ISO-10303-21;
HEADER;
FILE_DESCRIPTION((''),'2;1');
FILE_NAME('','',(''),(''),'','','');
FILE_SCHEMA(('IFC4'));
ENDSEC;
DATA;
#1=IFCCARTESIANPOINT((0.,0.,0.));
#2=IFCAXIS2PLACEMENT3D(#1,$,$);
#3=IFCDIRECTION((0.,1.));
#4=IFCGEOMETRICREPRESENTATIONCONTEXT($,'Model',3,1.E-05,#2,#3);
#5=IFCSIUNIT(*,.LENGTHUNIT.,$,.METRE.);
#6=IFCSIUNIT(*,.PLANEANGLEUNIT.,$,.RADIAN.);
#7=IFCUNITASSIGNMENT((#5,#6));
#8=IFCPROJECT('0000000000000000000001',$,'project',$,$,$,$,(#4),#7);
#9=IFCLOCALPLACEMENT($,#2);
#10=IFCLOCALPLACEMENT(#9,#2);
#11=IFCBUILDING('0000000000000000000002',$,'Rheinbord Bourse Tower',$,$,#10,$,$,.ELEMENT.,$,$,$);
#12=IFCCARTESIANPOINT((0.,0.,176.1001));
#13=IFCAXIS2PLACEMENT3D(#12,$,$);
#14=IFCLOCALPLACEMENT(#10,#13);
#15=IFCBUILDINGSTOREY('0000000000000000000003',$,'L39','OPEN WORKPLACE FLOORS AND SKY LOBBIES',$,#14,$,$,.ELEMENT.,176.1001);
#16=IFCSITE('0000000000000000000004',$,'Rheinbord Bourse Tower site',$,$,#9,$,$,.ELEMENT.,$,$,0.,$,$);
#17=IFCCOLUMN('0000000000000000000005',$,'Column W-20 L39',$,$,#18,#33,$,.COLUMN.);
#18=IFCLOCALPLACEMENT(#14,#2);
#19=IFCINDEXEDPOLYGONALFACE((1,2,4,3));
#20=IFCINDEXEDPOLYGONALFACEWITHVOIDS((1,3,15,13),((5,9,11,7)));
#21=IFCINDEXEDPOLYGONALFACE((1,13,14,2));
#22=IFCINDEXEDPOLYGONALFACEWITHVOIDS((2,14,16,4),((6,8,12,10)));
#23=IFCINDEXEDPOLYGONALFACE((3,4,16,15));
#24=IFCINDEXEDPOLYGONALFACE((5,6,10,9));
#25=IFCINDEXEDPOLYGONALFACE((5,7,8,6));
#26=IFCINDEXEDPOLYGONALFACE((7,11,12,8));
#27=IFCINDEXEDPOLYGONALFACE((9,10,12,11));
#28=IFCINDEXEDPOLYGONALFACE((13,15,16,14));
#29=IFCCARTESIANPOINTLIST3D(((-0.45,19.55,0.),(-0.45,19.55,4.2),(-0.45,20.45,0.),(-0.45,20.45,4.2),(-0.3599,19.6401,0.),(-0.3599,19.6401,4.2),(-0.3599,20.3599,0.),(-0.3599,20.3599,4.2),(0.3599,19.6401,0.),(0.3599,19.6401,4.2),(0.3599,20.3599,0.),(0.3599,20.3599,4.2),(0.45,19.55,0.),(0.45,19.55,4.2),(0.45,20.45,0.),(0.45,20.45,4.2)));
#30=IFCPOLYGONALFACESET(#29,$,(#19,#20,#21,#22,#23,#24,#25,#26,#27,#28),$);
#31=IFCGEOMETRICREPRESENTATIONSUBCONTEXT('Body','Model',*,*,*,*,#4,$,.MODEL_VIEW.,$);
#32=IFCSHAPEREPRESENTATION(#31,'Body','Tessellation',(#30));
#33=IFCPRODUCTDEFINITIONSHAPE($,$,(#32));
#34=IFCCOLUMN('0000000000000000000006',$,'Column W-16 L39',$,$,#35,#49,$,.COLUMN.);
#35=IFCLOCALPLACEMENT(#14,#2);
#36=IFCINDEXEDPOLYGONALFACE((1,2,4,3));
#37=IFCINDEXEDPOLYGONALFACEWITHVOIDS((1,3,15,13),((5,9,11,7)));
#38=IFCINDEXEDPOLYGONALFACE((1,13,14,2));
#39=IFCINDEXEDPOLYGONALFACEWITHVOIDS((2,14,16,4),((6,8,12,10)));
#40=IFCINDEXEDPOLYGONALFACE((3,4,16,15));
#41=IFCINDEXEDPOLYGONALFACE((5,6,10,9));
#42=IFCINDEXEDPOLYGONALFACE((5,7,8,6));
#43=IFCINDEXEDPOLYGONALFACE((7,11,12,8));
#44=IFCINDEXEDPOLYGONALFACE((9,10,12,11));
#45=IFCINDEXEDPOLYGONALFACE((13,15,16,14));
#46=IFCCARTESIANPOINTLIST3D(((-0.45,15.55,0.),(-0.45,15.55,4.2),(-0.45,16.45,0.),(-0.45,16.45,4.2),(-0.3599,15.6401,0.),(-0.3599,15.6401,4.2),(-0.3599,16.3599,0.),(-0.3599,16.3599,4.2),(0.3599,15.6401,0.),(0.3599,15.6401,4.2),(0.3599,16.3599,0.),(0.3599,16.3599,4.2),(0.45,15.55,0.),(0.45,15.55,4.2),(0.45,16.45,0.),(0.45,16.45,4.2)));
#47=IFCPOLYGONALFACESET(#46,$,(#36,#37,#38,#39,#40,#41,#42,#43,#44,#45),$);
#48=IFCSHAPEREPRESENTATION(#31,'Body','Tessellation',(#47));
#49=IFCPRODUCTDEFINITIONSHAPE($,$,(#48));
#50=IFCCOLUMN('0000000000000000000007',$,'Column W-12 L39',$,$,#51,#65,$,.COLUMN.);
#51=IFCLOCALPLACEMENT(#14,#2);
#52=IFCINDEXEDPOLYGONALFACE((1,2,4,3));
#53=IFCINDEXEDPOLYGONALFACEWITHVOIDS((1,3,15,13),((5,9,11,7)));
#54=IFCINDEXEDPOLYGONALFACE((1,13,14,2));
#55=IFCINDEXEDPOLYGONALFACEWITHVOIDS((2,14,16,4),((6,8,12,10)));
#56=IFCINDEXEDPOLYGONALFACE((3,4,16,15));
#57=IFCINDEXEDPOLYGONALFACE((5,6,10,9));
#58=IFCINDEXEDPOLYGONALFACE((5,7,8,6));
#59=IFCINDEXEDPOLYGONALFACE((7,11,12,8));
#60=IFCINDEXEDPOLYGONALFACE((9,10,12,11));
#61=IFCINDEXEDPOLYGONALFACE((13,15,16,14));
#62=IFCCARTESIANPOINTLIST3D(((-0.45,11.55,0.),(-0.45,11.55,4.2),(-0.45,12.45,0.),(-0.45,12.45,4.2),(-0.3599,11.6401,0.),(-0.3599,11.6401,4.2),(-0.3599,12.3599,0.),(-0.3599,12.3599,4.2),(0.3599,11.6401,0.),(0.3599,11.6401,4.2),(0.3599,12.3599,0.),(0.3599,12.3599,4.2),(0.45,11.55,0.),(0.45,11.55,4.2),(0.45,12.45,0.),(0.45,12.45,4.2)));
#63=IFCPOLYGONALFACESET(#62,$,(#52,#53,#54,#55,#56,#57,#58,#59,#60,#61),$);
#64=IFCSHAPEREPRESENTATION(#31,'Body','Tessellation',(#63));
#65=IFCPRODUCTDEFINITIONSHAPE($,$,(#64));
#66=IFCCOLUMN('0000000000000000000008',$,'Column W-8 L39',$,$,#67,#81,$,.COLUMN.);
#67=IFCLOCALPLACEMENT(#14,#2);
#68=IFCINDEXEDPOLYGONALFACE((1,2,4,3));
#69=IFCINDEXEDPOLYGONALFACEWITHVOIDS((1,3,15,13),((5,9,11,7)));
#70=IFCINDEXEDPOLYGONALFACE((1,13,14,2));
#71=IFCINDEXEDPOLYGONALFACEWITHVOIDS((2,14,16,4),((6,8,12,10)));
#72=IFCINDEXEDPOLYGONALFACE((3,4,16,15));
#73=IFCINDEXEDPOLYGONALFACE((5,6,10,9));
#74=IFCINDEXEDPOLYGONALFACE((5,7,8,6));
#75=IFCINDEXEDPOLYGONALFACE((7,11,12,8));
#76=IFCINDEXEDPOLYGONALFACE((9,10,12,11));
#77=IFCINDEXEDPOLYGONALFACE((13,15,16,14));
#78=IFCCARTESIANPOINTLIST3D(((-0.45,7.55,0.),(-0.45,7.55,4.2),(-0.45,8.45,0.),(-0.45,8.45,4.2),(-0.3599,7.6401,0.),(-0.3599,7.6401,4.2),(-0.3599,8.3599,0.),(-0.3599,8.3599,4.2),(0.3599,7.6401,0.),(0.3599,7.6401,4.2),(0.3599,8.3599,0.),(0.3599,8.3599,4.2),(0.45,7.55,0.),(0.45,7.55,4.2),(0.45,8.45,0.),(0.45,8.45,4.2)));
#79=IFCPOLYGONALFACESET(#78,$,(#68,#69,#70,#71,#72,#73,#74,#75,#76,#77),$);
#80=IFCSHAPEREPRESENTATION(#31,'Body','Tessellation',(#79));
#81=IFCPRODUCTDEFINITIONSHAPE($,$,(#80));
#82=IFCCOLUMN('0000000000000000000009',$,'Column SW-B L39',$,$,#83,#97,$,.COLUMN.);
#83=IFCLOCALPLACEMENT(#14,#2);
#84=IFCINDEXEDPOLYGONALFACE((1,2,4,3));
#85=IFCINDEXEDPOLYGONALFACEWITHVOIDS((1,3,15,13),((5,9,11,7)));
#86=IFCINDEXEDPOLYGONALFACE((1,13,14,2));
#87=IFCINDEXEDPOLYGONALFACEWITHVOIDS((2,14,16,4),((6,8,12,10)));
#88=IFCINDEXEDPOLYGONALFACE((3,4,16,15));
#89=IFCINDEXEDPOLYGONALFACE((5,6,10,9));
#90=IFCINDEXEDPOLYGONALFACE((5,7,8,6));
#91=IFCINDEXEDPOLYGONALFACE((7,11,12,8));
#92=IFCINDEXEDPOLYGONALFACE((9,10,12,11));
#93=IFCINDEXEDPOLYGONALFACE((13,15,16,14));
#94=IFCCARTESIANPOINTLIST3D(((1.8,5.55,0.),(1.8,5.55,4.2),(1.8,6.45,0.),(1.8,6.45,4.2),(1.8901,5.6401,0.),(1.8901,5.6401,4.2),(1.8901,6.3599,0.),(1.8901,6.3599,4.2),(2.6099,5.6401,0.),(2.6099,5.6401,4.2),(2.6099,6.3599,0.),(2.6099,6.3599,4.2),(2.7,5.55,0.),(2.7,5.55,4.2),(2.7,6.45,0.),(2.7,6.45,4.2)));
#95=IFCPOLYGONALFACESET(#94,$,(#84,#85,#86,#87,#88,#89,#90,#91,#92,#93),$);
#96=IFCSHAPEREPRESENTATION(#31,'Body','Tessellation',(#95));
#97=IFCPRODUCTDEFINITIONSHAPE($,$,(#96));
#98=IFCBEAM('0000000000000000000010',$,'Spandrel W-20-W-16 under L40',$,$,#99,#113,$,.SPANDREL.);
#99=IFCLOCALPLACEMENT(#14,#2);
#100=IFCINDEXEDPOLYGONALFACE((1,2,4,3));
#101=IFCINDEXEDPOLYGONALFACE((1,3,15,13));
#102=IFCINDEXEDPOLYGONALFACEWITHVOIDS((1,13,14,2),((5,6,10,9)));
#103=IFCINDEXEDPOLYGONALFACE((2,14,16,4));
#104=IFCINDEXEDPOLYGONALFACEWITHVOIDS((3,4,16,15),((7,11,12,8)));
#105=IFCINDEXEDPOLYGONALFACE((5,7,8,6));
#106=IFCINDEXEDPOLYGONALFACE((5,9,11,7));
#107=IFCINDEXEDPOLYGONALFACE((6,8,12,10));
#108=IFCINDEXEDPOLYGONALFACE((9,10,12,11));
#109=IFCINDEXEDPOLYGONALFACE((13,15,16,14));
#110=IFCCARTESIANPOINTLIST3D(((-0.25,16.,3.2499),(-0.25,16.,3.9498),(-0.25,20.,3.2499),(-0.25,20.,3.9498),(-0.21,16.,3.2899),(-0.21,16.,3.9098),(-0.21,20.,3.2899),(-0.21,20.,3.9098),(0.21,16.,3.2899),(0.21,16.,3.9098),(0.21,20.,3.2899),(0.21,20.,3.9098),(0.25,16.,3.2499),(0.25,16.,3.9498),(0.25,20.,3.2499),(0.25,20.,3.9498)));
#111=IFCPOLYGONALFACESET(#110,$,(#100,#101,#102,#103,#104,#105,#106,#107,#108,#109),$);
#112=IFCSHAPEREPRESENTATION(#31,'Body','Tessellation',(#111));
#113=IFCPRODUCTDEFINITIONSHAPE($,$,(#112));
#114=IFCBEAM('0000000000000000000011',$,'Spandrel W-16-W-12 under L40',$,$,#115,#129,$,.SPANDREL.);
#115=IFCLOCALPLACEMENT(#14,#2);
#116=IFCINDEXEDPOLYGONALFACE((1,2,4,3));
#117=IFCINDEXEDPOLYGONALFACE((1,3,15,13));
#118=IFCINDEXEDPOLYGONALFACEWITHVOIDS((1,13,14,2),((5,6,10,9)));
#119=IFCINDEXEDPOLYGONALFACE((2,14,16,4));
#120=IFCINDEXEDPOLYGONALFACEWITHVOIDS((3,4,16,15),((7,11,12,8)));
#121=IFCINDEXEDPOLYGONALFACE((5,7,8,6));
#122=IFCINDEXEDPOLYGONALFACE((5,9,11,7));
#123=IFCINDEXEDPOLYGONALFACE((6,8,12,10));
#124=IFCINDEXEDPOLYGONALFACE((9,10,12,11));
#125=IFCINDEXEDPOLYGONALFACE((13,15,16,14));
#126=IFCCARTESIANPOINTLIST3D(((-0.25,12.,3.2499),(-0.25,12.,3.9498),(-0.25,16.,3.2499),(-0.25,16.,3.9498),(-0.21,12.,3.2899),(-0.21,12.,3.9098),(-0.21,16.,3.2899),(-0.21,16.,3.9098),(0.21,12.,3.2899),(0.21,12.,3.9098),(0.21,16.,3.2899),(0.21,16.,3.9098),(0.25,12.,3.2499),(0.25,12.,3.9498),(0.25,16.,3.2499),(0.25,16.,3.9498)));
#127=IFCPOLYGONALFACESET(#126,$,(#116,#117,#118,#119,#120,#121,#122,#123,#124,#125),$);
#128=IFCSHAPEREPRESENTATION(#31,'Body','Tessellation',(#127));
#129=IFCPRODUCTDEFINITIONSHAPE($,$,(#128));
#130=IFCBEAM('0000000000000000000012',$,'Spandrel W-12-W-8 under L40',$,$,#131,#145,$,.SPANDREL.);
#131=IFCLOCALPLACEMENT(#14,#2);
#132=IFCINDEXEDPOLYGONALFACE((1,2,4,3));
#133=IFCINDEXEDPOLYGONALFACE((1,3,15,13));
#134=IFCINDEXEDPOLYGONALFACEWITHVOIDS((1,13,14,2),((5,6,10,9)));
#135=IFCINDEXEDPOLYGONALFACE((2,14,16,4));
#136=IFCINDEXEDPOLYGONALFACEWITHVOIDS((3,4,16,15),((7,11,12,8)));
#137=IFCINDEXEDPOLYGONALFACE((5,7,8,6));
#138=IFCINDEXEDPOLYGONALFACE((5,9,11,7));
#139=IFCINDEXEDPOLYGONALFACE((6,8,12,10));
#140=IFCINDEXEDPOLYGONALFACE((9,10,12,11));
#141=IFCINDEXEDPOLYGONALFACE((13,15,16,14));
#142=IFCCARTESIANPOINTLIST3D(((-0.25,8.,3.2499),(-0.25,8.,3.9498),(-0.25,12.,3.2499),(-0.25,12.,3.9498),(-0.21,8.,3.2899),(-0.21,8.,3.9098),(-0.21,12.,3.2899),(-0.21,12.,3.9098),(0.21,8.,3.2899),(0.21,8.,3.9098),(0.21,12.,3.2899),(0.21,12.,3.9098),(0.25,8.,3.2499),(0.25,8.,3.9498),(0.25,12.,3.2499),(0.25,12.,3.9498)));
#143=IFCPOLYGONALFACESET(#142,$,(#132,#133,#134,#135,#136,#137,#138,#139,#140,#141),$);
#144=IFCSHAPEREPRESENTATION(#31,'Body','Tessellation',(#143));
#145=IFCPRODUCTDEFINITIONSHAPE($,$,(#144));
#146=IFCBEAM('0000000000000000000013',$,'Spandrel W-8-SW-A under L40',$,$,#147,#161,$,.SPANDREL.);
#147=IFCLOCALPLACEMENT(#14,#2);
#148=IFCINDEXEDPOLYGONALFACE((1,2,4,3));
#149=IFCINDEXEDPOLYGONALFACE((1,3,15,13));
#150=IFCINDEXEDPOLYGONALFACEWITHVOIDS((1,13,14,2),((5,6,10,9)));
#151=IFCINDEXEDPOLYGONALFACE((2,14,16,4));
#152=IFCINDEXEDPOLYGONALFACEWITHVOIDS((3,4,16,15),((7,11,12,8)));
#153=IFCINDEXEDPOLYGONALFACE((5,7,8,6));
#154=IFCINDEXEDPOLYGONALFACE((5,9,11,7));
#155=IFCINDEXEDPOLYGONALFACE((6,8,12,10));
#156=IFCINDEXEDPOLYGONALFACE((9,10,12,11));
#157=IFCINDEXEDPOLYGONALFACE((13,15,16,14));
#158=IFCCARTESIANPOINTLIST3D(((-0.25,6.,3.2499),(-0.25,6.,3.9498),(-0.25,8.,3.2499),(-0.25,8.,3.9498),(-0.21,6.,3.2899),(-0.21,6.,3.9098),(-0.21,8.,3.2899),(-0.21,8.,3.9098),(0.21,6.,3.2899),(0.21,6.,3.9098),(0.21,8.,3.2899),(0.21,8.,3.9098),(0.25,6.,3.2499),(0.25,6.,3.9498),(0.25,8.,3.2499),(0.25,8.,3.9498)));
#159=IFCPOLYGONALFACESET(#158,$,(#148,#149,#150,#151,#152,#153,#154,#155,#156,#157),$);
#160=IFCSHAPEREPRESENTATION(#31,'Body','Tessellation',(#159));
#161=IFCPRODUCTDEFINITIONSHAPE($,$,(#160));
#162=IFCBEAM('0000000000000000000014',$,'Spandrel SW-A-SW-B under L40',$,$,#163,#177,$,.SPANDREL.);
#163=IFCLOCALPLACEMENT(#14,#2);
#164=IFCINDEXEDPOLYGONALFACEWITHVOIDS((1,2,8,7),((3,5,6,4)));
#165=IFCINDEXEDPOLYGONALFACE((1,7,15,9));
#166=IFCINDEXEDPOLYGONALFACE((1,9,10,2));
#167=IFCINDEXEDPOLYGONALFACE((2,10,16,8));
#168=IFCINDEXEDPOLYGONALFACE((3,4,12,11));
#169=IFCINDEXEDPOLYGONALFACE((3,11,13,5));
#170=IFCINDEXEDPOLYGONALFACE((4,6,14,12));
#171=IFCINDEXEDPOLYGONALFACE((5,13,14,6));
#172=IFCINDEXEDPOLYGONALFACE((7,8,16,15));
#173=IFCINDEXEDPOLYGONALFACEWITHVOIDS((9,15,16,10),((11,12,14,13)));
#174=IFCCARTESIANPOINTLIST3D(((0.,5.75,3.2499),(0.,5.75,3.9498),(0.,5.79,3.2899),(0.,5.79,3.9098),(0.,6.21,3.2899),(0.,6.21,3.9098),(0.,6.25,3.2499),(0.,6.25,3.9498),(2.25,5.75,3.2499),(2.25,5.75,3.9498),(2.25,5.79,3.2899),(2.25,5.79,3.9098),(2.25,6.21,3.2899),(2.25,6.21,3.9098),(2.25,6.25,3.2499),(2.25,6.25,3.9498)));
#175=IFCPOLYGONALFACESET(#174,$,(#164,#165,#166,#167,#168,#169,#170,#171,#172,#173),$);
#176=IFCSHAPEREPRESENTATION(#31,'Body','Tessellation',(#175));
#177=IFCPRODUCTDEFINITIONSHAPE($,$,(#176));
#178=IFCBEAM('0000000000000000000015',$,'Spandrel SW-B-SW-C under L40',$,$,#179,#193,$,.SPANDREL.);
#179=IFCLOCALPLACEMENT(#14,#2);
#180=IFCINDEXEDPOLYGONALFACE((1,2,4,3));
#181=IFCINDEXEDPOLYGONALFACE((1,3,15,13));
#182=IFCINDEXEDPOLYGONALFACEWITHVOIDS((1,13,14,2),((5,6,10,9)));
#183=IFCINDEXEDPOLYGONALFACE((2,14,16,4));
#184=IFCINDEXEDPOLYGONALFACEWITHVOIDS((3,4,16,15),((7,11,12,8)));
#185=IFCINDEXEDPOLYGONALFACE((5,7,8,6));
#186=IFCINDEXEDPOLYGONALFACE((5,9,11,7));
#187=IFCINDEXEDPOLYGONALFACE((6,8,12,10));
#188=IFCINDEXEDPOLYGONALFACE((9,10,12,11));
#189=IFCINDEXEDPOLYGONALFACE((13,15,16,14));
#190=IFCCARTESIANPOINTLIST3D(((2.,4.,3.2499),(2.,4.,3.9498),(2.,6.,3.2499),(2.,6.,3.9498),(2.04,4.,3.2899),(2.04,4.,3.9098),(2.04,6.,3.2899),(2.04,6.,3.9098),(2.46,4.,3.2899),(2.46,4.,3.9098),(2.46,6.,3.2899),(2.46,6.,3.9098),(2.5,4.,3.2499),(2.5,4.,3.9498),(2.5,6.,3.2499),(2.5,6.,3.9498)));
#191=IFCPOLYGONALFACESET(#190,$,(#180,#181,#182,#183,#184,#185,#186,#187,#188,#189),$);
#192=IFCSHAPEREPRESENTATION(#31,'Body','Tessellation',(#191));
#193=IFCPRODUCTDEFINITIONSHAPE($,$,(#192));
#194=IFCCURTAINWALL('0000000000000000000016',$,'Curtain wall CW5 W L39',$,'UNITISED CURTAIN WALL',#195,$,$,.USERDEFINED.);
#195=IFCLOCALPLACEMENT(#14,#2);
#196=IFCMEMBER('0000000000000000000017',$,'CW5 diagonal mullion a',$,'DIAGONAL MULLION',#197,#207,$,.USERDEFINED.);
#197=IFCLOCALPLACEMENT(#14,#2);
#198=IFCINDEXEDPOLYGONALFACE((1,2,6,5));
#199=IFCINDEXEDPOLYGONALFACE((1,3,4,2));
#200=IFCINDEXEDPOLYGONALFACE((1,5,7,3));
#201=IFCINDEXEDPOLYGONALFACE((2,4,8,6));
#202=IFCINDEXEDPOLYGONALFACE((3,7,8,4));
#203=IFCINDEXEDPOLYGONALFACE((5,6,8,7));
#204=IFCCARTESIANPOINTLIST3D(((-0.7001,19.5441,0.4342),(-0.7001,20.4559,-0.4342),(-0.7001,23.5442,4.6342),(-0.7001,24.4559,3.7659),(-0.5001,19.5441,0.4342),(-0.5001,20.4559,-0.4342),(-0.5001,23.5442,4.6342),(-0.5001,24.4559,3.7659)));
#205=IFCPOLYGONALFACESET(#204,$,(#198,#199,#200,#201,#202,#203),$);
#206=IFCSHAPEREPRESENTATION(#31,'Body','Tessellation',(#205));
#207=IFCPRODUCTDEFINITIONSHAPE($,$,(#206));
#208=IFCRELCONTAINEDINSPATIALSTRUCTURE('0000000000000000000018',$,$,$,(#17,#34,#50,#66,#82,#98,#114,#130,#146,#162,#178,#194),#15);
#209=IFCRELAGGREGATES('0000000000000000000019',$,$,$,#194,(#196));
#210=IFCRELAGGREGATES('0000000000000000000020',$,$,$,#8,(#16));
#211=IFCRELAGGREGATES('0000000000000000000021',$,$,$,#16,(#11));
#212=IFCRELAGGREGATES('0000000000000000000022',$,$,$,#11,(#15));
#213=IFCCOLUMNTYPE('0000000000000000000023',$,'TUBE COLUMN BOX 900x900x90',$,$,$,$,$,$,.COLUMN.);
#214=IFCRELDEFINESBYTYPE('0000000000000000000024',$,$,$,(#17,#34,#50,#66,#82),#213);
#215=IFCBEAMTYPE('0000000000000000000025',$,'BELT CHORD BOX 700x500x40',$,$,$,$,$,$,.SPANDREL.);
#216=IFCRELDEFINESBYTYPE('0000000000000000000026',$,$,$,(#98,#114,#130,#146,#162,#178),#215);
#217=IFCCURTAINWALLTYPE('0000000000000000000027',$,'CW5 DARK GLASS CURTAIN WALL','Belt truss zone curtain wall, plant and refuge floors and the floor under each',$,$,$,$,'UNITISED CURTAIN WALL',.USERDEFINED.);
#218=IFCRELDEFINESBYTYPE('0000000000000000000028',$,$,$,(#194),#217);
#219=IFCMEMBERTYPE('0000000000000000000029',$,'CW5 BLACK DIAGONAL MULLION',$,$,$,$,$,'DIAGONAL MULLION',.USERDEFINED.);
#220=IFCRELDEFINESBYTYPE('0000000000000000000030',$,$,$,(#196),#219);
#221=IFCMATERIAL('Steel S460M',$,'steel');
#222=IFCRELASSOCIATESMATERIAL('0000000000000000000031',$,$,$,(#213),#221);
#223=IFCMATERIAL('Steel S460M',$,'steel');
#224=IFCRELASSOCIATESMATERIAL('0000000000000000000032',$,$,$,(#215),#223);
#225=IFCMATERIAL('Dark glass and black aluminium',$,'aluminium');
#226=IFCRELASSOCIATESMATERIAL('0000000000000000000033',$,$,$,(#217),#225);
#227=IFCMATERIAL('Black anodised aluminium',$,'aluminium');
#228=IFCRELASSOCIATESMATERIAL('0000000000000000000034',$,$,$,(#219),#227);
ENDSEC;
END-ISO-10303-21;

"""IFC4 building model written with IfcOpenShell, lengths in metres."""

from ifc_helpers import new_model, si_unit, direction, frame, origin, origin_2d, place, context, subcontext, project, spatial, rectangle, hollow_rectangle, extrude, material, material_profile, profile_set, type_object, element, aggregate, save


model = new_model("IFC4")

# Units and contexts
model_context = context("Model", 3, precision=1e-05, world=origin(), true_north=direction((0.0, 1.0)))
body_context = subcontext(model_context, "Body", "Model", "MODEL_VIEW")
ifc_project = project(units=[si_unit("LENGTHUNIT", "METRE"), si_unit("PLANEANGLEUNIT", "RADIAN")], contexts=[model_context])

# Site, building, storey
site_placement = place(None, origin())
site = spatial("IfcSite", under=ifc_project, at=site_placement, Name="Rheinbord Bourse Tower site", CompositionType="ELEMENT", RefElevation=0.0)
building_placement = place(site_placement, origin())
building = spatial("IfcBuilding", under=site, at=building_placement, Name="Rheinbord Bourse Tower", CompositionType="ELEMENT")
storey_placement = place(building_placement, frame((0.0, 0.0, 176.1001)))
storey = spatial("IfcBuildingStorey", under=building, at=storey_placement, Name="L39", Description="OPEN WORKPLACE FLOORS AND SKY LOBBIES", CompositionType="ELEMENT", Elevation=176.1001)

# Columns
ifc_material_1 = material(Name="Steel S460M", Category="steel")
ifc_material_profile_1 = material_profile(ifc_material_1, hollow_rectangle(XDim=0.8999, YDim=0.8999, WallThickness=0.0901, at=origin_2d()), Name="BOX 900x900x90")
ifc_profile_set_1 = profile_set([ifc_material_profile_1], Name="Steel S460M")
column_type = type_object("IfcColumnType", Name="TUBE COLUMN BOX 900x900x90", PredefinedType="COLUMN", material=ifc_profile_set_1)
for number, where, z_axis, x_axis, name in (
    (1, (0.0, 20.0, 0.0), (0.0, 0.0, 1.0), (1.0, 0.0, 0.0), "Column W-20 L39"),
    (2, (0.0, 16.0, 0.0), (0.0, 0.0, 1.0), (1.0, 0.0, 0.0), "Column W-16 L39"),
    (3, (0.0, 12.0, 0.0), (0.0, 0.0, 1.0), (1.0, 0.0, 0.0), "Column W-12 L39"),
    (4, (0.0, 8.0, 0.0), (0.0, 0.0, 1.0), (1.0, 0.0, 0.0), "Column W-8 L39"),
    (5, (2.25, 6.0, 0.0), (0.0, 0.0, 1.0), (1.0, 0.0, 0.0), "Column SW-B L39"),
):
    element("IfcColumn", number, at=place(storey_placement, frame(where, z_axis=z_axis, x_axis=x_axis)), inside=storey, type_object=column_type, Name=name, PredefinedType="COLUMN", context=body_context, shape_type="SweptSolid", body=[
        extrude(hollow_rectangle(XDim=0.8999, YDim=0.8999, WallThickness=0.0901, at=origin_2d()), origin(), (0.0, 0.0, 1.0), 4.2),
    ])

# Beams
ifc_material_2 = material(Name="Steel S460M", Category="steel")
ifc_material_profile_2 = material_profile(ifc_material_2, hollow_rectangle(XDim=0.5, YDim=0.7, WallThickness=0.04, at=origin_2d()), Name="BOX 700x500x40")
ifc_profile_set_2 = profile_set([ifc_material_profile_2], Name="Steel S460M")
beam_type_1 = type_object("IfcBeamType", Name="BELT CHORD BOX 700x500x40", PredefinedType="SPANDREL", material=ifc_profile_set_2)
for number, where, z_axis, x_axis, name in (
    (6, (0.0, 20.0, 3.5999), (0.0, -1.0, 0.0), (1.0, 0.0, 0.0), "Spandrel W-20-W-16 under L40"),
    (7, (0.0, 16.0, 3.5999), (0.0, -1.0, 0.0), (1.0, 0.0, 0.0), "Spandrel W-16-W-12 under L40"),
    (8, (0.0, 12.0, 3.5999), (0.0, -1.0, 0.0), (1.0, 0.0, 0.0), "Spandrel W-12-W-8 under L40"),
):
    element("IfcBeam", number, at=place(storey_placement, frame(where, z_axis=z_axis, x_axis=x_axis)), inside=storey, type_object=beam_type_1, Name=name, PredefinedType="SPANDREL", context=body_context, shape_type="SweptSolid", body=[
        extrude(hollow_rectangle(XDim=0.5, YDim=0.7, WallThickness=0.04, at=origin_2d()), origin(), (0.0, 0.0, 1.0), 4.0),
    ])
beam_1_placement = place(storey_placement, frame((0.0, 8.0, 3.5999), z_axis=(0.0, -1.0, 0.0), x_axis=(1.0, 0.0, 0.0)))
element("IfcBeam", 9, at=beam_1_placement, inside=storey, type_object=beam_type_1, Name="Spandrel W-8-SW-A under L40", PredefinedType="SPANDREL", context=body_context, shape_type="SweptSolid", body=[
    extrude(hollow_rectangle(XDim=0.5, YDim=0.7, WallThickness=0.04, at=origin_2d()), origin(), (0.0, 0.0, 1.0), 2.0),
])
beam_2_placement = place(storey_placement, frame((0.0, 6.0, 3.5999), z_axis=(1.0, 0.0, 0.0), x_axis=(0.0, 1.0, 0.0)))
element("IfcBeam", 10, at=beam_2_placement, inside=storey, type_object=beam_type_1, Name="Spandrel SW-A-SW-B under L40", PredefinedType="SPANDREL", context=body_context, shape_type="SweptSolid", body=[
    extrude(hollow_rectangle(XDim=0.5, YDim=0.7, WallThickness=0.04, at=origin_2d()), origin(), (0.0, 0.0, 1.0), 2.25),
])
beam_3_placement = place(storey_placement, frame((2.25, 6.0, 3.5999), z_axis=(0.0, -1.0, 0.0), x_axis=(1.0, 0.0, 0.0)))
element("IfcBeam", 11, at=beam_3_placement, inside=storey, type_object=beam_type_1, Name="Spandrel SW-B-SW-C under L40", PredefinedType="SPANDREL", context=body_context, shape_type="SweptSolid", body=[
    extrude(hollow_rectangle(XDim=0.5, YDim=0.7, WallThickness=0.04, at=origin_2d()), origin(), (0.0, 0.0, 1.0), 2.0),
])

# Curtain wall, member
ifc_material_3 = material(Name="Dark glass and black aluminium", Category="aluminium")
curtain_wall_type = type_object("IfcCurtainWallType", Name="CW5 DARK GLASS CURTAIN WALL", Description="Belt truss zone curtain wall, plant and refuge floors and the floor under each", ElementType="UNITISED CURTAIN WALL", PredefinedType="USERDEFINED", material=ifc_material_3)
curtain_wall_placement = place(storey_placement, origin())
curtain_wall = element("IfcCurtainWall", 12, at=curtain_wall_placement, inside=storey, type_object=curtain_wall_type, Name="Curtain wall CW5 W L39", ObjectType="UNITISED CURTAIN WALL", PredefinedType="USERDEFINED")
ifc_material_4 = material(Name="Black anodised aluminium", Category="aluminium")
ifc_material_profile_3 = material_profile(ifc_material_4, rectangle(XDim=0.2, YDim=1.259, at=origin_2d()), Name="CW5 DIAGONAL MULLION 1259x200")
ifc_profile_set_3 = profile_set([ifc_material_profile_3], Name="Black anodised aluminium")
member_type_1 = type_object("IfcMemberType", Name="CW5 BLACK DIAGONAL MULLION", ElementType="DIAGONAL MULLION", PredefinedType="USERDEFINED", material=ifc_profile_set_3)
member_1_placement = place(storey_placement, frame((-0.6001, 20.0, 0.0), z_axis=(0.0, 0.689659, 0.724134), x_axis=(-1.0, 0.0, 0.0)))
member_1 = element("IfcMember", 13, at=member_1_placement, type_object=member_type_1, Name="CW5 diagonal mullion a", ObjectType="DIAGONAL MULLION", PredefinedType="USERDEFINED", context=body_context, shape_type="SweptSolid", body=[
    extrude(rectangle(XDim=0.2, YDim=1.259, at=origin_2d()), origin(), (0.0, 0.0, 1.0), 5.8),
])

aggregate(curtain_wall, [member_1])

save(model, "model.ifc")
